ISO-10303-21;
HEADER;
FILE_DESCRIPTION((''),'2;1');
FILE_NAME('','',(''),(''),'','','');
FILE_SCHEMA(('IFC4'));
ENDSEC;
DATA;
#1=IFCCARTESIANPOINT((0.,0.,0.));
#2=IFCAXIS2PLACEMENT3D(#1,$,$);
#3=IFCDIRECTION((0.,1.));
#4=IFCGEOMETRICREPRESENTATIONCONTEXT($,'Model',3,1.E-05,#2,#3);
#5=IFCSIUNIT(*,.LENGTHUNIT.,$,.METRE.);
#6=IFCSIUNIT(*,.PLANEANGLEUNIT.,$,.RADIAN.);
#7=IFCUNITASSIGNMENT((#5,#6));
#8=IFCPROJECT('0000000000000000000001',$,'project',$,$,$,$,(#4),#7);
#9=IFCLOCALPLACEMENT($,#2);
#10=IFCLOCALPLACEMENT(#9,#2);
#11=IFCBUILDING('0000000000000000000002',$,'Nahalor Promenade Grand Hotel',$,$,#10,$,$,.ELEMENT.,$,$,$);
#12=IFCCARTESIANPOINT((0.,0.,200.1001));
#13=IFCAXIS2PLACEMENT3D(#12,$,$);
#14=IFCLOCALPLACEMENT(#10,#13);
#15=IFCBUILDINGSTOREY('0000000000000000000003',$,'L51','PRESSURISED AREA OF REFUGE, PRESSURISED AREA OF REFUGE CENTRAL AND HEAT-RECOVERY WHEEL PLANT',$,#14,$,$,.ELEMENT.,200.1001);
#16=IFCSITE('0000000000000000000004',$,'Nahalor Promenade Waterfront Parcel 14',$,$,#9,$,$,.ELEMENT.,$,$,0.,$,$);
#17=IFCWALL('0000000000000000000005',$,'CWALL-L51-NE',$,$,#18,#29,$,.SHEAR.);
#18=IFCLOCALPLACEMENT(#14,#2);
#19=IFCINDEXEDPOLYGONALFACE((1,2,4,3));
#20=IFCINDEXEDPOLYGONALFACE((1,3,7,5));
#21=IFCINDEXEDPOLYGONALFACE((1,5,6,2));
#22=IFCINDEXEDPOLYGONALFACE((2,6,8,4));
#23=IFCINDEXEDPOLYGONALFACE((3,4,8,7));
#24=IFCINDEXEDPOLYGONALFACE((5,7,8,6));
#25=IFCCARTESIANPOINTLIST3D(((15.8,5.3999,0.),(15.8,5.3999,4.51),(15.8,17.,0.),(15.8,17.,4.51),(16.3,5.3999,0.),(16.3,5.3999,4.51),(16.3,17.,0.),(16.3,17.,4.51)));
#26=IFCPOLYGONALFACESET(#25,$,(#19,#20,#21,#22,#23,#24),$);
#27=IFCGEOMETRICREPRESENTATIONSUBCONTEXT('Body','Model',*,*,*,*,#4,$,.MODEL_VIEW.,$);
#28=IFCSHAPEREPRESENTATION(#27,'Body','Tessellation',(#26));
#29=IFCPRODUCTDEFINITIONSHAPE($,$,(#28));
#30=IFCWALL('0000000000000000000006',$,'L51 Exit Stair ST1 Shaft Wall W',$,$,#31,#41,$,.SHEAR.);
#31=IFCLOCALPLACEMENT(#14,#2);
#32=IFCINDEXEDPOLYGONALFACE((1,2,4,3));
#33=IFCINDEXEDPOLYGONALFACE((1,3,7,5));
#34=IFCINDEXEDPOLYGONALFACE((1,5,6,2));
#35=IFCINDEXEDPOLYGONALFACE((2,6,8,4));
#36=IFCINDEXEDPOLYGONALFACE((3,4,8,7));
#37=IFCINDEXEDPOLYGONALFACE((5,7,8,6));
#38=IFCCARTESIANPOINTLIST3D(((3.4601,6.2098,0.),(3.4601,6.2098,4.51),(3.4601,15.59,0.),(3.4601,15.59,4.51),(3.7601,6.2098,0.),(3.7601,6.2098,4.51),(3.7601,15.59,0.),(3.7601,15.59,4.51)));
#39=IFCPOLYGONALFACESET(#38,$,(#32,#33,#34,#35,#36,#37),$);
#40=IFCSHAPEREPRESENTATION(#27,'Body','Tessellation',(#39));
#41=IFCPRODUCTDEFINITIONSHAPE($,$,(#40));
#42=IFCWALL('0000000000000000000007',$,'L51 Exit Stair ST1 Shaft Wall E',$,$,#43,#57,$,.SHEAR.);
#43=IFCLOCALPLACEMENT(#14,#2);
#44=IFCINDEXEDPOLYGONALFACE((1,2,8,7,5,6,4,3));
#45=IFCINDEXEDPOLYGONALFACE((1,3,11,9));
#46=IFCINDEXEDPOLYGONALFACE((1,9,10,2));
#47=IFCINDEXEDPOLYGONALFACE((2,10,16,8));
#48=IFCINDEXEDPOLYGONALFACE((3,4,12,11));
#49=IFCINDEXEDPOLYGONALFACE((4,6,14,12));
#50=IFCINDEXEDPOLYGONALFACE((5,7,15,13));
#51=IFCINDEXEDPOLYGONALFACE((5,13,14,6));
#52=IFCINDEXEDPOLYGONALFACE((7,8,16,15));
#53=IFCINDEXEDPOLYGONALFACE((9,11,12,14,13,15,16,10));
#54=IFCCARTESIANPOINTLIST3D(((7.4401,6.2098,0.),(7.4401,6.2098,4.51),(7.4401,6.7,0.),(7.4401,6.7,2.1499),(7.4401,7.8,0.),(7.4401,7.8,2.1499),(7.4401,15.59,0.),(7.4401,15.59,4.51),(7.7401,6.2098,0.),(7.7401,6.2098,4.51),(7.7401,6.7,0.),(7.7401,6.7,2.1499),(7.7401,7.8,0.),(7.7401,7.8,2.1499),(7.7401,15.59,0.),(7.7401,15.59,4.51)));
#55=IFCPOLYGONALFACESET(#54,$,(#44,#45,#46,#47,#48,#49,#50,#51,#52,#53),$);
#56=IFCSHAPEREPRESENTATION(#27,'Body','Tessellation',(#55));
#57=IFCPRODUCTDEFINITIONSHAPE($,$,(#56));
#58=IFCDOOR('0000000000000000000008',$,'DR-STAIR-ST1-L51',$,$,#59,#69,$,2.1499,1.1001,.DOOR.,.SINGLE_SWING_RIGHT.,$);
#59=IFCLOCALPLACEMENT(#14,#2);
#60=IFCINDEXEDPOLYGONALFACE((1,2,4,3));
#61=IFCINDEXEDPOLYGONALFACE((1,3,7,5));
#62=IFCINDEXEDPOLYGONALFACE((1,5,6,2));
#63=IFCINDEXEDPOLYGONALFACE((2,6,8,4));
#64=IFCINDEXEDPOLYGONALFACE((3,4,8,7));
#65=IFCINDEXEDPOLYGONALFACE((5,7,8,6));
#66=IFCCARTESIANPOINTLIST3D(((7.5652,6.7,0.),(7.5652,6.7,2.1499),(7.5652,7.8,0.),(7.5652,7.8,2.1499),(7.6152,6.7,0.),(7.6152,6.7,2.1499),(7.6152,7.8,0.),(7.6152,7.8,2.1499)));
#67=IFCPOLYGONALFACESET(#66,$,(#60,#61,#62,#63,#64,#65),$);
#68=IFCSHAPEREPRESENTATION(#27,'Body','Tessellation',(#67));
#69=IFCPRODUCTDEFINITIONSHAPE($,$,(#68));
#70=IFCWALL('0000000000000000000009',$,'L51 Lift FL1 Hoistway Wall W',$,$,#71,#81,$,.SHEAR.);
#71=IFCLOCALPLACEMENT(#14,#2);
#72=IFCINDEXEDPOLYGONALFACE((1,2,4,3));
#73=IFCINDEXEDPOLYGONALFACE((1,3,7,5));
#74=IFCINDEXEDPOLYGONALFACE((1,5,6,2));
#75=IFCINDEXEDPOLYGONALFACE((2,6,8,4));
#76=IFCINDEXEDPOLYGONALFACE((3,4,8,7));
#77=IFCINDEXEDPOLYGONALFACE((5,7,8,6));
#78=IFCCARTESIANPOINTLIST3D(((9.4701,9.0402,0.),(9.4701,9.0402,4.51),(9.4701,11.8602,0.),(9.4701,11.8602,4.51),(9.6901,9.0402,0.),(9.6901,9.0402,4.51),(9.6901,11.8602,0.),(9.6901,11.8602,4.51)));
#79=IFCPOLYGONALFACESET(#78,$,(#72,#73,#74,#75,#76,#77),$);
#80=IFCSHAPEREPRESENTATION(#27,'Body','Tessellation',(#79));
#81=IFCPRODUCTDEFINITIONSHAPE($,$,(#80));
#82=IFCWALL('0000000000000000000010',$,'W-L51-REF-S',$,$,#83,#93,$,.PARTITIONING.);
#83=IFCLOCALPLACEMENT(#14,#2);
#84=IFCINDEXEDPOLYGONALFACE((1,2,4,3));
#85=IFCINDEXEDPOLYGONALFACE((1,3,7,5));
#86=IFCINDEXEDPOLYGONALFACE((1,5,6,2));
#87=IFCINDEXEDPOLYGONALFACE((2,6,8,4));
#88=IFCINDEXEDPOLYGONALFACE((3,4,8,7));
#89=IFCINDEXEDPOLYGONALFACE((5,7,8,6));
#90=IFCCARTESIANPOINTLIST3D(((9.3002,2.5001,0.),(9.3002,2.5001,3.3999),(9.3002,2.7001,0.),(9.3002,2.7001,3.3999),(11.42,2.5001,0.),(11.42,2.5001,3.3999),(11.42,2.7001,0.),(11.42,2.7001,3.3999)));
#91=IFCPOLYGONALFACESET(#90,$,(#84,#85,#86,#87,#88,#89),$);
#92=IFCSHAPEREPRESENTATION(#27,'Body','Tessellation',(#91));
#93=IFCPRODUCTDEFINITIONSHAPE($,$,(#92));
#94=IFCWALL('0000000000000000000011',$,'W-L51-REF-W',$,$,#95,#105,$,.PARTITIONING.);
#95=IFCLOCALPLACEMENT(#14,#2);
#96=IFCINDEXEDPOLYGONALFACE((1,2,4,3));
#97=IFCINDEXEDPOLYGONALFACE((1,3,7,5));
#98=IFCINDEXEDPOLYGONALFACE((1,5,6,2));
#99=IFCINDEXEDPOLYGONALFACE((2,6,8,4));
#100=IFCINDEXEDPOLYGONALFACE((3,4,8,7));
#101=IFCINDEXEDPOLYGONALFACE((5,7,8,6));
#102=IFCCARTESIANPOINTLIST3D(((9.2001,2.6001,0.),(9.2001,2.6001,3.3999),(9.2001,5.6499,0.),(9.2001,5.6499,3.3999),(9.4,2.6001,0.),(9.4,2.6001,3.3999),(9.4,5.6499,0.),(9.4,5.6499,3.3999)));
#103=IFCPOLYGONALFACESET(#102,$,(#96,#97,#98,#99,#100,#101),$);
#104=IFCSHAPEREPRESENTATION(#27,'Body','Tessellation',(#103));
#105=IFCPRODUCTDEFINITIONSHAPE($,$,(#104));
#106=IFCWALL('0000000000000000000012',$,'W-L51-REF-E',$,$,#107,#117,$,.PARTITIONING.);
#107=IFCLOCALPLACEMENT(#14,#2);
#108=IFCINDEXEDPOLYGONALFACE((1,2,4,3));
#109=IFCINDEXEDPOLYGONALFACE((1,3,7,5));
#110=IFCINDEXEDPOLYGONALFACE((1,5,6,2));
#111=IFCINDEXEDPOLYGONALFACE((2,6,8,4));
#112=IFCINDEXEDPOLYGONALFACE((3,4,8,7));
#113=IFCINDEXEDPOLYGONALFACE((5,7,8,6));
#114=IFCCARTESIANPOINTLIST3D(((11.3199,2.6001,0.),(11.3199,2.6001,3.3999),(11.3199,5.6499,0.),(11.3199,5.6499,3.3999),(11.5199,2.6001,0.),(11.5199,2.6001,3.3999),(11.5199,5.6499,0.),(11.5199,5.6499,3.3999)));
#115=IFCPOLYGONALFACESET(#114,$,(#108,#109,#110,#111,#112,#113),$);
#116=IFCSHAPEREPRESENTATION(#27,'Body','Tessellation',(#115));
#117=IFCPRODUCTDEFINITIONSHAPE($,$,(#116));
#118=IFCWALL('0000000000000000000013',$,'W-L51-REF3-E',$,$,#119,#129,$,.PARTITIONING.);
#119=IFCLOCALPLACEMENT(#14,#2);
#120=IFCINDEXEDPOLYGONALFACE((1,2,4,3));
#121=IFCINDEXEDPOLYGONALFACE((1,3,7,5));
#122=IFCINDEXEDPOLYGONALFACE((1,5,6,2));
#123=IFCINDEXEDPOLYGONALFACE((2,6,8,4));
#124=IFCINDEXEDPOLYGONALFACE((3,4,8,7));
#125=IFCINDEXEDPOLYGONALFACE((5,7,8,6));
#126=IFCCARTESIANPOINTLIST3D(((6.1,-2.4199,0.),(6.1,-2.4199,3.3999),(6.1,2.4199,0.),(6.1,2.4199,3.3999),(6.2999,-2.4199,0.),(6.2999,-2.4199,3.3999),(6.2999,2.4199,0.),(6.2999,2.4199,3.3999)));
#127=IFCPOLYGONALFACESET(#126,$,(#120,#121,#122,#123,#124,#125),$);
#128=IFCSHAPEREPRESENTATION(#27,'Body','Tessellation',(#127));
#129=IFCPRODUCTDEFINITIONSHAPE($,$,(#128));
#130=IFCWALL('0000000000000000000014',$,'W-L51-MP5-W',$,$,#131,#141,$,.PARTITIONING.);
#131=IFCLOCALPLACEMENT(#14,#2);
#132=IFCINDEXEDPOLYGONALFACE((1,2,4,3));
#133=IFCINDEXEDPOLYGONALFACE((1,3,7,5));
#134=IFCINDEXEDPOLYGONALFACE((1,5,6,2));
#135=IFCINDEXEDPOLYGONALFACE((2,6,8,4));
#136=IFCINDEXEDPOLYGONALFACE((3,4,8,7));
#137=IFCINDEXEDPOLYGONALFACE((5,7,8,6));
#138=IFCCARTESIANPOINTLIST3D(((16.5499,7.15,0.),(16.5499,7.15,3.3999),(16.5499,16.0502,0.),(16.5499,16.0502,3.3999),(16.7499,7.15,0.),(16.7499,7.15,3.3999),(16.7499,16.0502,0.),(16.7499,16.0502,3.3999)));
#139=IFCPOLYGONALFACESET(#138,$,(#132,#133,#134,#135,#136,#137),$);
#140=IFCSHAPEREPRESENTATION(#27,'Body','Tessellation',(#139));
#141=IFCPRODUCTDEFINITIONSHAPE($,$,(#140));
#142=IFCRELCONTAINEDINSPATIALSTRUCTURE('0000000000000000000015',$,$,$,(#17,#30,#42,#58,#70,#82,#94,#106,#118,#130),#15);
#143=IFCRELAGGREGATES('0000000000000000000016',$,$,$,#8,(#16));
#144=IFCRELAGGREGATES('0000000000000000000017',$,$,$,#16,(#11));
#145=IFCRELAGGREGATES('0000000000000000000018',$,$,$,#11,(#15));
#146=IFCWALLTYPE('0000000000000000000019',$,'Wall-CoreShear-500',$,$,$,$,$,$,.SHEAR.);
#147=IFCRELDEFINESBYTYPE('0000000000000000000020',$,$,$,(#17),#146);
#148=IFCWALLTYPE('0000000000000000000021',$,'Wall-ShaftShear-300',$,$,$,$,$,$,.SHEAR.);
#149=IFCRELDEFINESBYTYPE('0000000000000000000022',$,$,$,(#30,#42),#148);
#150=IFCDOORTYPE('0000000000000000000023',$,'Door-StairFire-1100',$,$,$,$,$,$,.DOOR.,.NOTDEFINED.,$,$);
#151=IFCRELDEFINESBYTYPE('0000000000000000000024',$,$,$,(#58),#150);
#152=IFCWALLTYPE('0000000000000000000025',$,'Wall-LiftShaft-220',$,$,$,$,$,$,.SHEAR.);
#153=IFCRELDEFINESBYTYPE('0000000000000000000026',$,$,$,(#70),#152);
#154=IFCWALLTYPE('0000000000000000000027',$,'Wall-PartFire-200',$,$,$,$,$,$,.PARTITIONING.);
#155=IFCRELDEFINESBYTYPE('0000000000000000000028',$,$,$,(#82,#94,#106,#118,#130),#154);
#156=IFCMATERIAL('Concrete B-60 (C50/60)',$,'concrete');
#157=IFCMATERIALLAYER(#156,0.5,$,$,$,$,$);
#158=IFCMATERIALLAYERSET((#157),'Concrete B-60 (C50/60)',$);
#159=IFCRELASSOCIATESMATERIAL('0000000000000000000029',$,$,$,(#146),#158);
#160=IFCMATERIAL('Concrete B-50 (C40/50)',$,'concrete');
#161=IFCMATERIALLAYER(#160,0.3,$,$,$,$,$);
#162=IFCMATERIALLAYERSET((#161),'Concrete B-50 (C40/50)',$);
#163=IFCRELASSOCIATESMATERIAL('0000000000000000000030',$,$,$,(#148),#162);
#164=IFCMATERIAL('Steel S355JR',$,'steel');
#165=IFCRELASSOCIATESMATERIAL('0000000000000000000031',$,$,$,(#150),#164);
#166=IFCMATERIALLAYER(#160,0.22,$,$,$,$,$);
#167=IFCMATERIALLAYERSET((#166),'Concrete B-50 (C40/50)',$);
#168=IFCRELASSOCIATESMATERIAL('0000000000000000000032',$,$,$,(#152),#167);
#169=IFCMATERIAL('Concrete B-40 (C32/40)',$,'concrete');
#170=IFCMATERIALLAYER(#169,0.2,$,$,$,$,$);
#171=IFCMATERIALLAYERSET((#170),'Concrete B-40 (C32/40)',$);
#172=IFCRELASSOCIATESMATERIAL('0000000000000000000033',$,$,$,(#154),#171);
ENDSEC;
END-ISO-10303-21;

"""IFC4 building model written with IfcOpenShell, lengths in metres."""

from ifc_helpers import new_model, si_unit, direction, frame, frame_2d, origin, place, context, subcontext, project, spatial, rectangle, extrude, source, transform, mapped, material, layer, layer_set, type_object, element, fill, save


model = new_model("IFC4")

# Units and contexts
model_context = context("Model", 3, precision=1e-05, world=origin(), true_north=direction((0.0, 1.0)))
body_context = subcontext(model_context, "Body", "Model", "MODEL_VIEW")
ifc_project = project(units=[si_unit("LENGTHUNIT", "METRE"), si_unit("PLANEANGLEUNIT", "RADIAN")], contexts=[model_context])

# Site, building, storey
site_placement = place(None, origin())
site = spatial("IfcSite", under=ifc_project, at=site_placement, Name="Nahalor Promenade Waterfront Parcel 14", CompositionType="ELEMENT", RefElevation=0.0)
building_placement = place(site_placement, origin())
building = spatial("IfcBuilding", under=site, at=building_placement, Name="Nahalor Promenade Grand Hotel", CompositionType="ELEMENT")
storey_placement = place(building_placement, frame((0.0, 0.0, 200.1001)))
storey = spatial("IfcBuildingStorey", under=building, at=storey_placement, Name="L51", Description="PRESSURISED AREA OF REFUGE, PRESSURISED AREA OF REFUGE CENTRAL AND HEAT-RECOVERY WHEEL PLANT", CompositionType="ELEMENT", Elevation=200.1001)

# Shared definitions
ifc_material_1 = material(Name="Steel S355JR", Category="steel")

# Walls
ifc_material_2 = material(Name="Concrete B-60 (C50/60)", Category="concrete")
ifc_layer_1 = layer(ifc_material_2, 0.5)
ifc_layer_set_1 = layer_set([ifc_layer_1], Name="Concrete B-60 (C50/60)")
wall_type_1 = type_object("IfcWallType", Name="Wall-CoreShear-500", PredefinedType="SHEAR", material=ifc_layer_set_1)
shared_shape_1 = source(origin(), body_context, "Body", "SweptSolid", [
    extrude(rectangle(XDim=11.6001, YDim=0.5, at=frame_2d((5.8, 0.0))), origin(), (0.0, 0.0, 1.0), 4.51),
])
wall_1_placement = place(storey_placement, frame((16.05, 5.3999, 0.0), z_axis=(0.0, 0.0, 1.0), x_axis=(0.0, 1.0, 0.0)))
element("IfcWall", 1, at=wall_1_placement, inside=storey, type_object=wall_type_1, Name="CWALL-L51-NE", PredefinedType="SHEAR", context=body_context, shape_type="MappedRepresentation", body=[
    mapped(shared_shape_1, transform((0.0, 0.0, 0.0), scale=1.0)),
])
ifc_material_3 = material(Name="Concrete B-50 (C40/50)", Category="concrete")
ifc_layer_2 = layer(ifc_material_3, 0.3)
ifc_layer_set_2 = layer_set([ifc_layer_2], Name="Concrete B-50 (C40/50)")
wall_type_2 = type_object("IfcWallType", Name="Wall-ShaftShear-300", PredefinedType="SHEAR", material=ifc_layer_set_2)
shared_shape_2 = source(origin(), body_context, "Body", "SweptSolid", [
    extrude(rectangle(XDim=9.3801, YDim=0.3, at=frame_2d((4.6899, 0.0))), origin(), (0.0, 0.0, 1.0), 4.51),
])
wall_2_placement = place(storey_placement, frame((3.6101, 6.21, 0.0), z_axis=(0.0, 0.0, 1.0), x_axis=(0.0, 1.0, 0.0)))
element("IfcWall", 2, at=wall_2_placement, inside=storey, type_object=wall_type_2, Name="L51 Exit Stair ST1 Shaft Wall W", PredefinedType="SHEAR", context=body_context, shape_type="MappedRepresentation", body=[
    mapped(shared_shape_2, transform((0.0, 0.0, 0.0), scale=1.0)),
])

# Wall, opening, door
wall_3_placement = place(storey_placement, frame((7.5901, 6.21, 0.0), z_axis=(0.0, 0.0, 1.0), x_axis=(0.0, 1.0, 0.0)))
wall_3 = element("IfcWall", 3, at=wall_3_placement, inside=storey, type_object=wall_type_2, Name="L51 Exit Stair ST1 Shaft Wall E", PredefinedType="SHEAR", context=body_context, shape_type="MappedRepresentation", body=[
    mapped(shared_shape_2, transform((0.0, 0.0, 0.0), scale=1.0)),
])
opening_1_placement = place(wall_3_placement, frame((0.49, 0.0, 0.0)))
opening_1 = element("IfcOpeningElement", 4, at=opening_1_placement, cuts=wall_3, PredefinedType="OPENING", context=body_context, shape_type="SweptSolid", body=[
    extrude(rectangle(XDim=1.1001, YDim=2.1499, at=frame_2d((0.55, 1.075))), frame((0.0, 0.1599, 0.0), z_axis=(0.0, -1.0, 0.0), x_axis=(1.0, 0.0, 0.0)), (0.0, 0.0, 1.0), 0.3201),
])
door_type_1 = type_object("IfcDoorType", Name="Door-StairFire-1100", OperationType="NOTDEFINED", PredefinedType="DOOR", material=ifc_material_1)
shared_shape_3 = source(origin(), body_context, "Body", "SweptSolid", [
    extrude(rectangle(XDim=1.1001, YDim=2.1499, at=frame_2d((0.55, 1.075))), frame((0.0, 0.0249, 0.0), z_axis=(0.0, -1.0, 0.0), x_axis=(1.0, 0.0, 0.0)), (0.0, 0.0, 1.0), 0.05),
])
door_1_placement = place(opening_1_placement, origin())
door_1 = element("IfcDoor", 5, at=door_1_placement, inside=storey, type_object=door_type_1, Name="DR-STAIR-ST1-L51", OperationType="SINGLE_SWING_RIGHT", OverallHeight=2.1499, OverallWidth=1.1001, PredefinedType="DOOR", context=body_context, shape_type="MappedRepresentation", body=[
    mapped(shared_shape_3, transform((0.0, 0.0, 0.0), scale=1.0)),
])
fill(opening_1, door_1)

# Wall
ifc_layer_3 = layer(ifc_material_3, 0.22)
ifc_layer_set_3 = layer_set([ifc_layer_3], Name="Concrete B-50 (C40/50)")
wall_type_3 = type_object("IfcWallType", Name="Wall-LiftShaft-220", PredefinedType="SHEAR", material=ifc_layer_set_3)
shared_shape_4 = source(origin(), body_context, "Body", "SweptSolid", [
    extrude(rectangle(XDim=2.8201, YDim=0.22, at=frame_2d((1.4102, 0.0))), origin(), (0.0, 0.0, 1.0), 4.51),
])
wall_4_placement = place(storey_placement, frame((9.5801, 9.04, 0.0), z_axis=(0.0, 0.0, 1.0), x_axis=(0.0, 1.0, 0.0)))
element("IfcWall", 6, at=wall_4_placement, inside=storey, type_object=wall_type_3, Name="L51 Lift FL1 Hoistway Wall W", PredefinedType="SHEAR", context=body_context, shape_type="MappedRepresentation", body=[
    mapped(shared_shape_4, transform((0.0, 0.0, 0.0), scale=1.0)),
])

# Shared definitions
ifc_material_4 = material(Name="Concrete B-40 (C32/40)", Category="concrete")
ifc_layer_4 = layer(ifc_material_4, 0.2)
ifc_layer_set_4 = layer_set([ifc_layer_4], Name="Concrete B-40 (C32/40)")
wall_type_4 = type_object("IfcWallType", Name="Wall-PartFire-200", PredefinedType="PARTITIONING", material=ifc_layer_set_4)

# Walls
shared_shape_5 = source(origin(), body_context, "Body", "SweptSolid", [
    extrude(rectangle(XDim=2.1199, YDim=0.2, at=frame_2d((1.0601, 0.0))), origin(), (0.0, 0.0, 1.0), 3.3999),
])
wall_5_placement = place(storey_placement, frame((9.3, 2.6001, 0.0), z_axis=(0.0, 0.0, 1.0), x_axis=(1.0, 0.0, 0.0)))
element("IfcWall", 7, at=wall_5_placement, inside=storey, type_object=wall_type_4, Name="W-L51-REF-S", PredefinedType="PARTITIONING", context=body_context, shape_type="MappedRepresentation", body=[
    mapped(shared_shape_5, transform((0.0, 0.0, 0.0), scale=1.0)),
])
shared_shape_6 = source(origin(), body_context, "Body", "SweptSolid", [
    extrude(rectangle(XDim=3.0498, YDim=0.2, at=frame_2d((1.5249, 0.0))), origin(), (0.0, 0.0, 1.0), 3.3999),
])
for number, where, z_axis, x_axis, name in (
    (8, (9.3, 2.6001, 0.0), (0.0, 0.0, 1.0), (0.0, 1.0, 0.0), "W-L51-REF-W"),
    (9, (11.4199, 2.6001, 0.0), (0.0, 0.0, 1.0), (0.0, 1.0, 0.0), "W-L51-REF-E"),
):
    element("IfcWall", number, at=place(storey_placement, frame(where, z_axis=z_axis, x_axis=x_axis)), inside=storey, type_object=wall_type_4, Name=name, PredefinedType="PARTITIONING", context=body_context, shape_type="MappedRepresentation", body=[
        mapped(shared_shape_6, transform((0.0, 0.0, 0.0), scale=1.0)),
    ])
shared_shape_7 = source(origin(), body_context, "Body", "SweptSolid", [
    extrude(rectangle(XDim=4.8398, YDim=0.2, at=frame_2d((2.4199, 0.0))), origin(), (0.0, 0.0, 1.0), 3.3999),
])
wall_6_placement = place(storey_placement, frame((6.2, -2.4199, 0.0), z_axis=(0.0, 0.0, 1.0), x_axis=(0.0, 1.0, 0.0)))
element("IfcWall", 10, at=wall_6_placement, inside=storey, type_object=wall_type_4, Name="W-L51-REF3-E", PredefinedType="PARTITIONING", context=body_context, shape_type="MappedRepresentation", body=[
    mapped(shared_shape_7, transform((0.0, 0.0, 0.0), scale=1.0)),
])
shared_shape_8 = source(origin(), body_context, "Body", "SweptSolid", [
    extrude(rectangle(XDim=8.9001, YDim=0.2, at=frame_2d((4.4502, 0.0))), origin(), (0.0, 0.0, 1.0), 3.3999),
])
wall_7_placement = place(storey_placement, frame((16.6499, 7.1499, 0.0), z_axis=(0.0, 0.0, 1.0), x_axis=(0.0, 1.0, 0.0)))
element("IfcWall", 11, at=wall_7_placement, inside=storey, type_object=wall_type_4, Name="W-L51-MP5-W", PredefinedType="PARTITIONING", context=body_context, shape_type="MappedRepresentation", body=[
    mapped(shared_shape_8, transform((0.0, 0.0, 0.0), scale=1.0)),
])

save(model, "model.ifc")
